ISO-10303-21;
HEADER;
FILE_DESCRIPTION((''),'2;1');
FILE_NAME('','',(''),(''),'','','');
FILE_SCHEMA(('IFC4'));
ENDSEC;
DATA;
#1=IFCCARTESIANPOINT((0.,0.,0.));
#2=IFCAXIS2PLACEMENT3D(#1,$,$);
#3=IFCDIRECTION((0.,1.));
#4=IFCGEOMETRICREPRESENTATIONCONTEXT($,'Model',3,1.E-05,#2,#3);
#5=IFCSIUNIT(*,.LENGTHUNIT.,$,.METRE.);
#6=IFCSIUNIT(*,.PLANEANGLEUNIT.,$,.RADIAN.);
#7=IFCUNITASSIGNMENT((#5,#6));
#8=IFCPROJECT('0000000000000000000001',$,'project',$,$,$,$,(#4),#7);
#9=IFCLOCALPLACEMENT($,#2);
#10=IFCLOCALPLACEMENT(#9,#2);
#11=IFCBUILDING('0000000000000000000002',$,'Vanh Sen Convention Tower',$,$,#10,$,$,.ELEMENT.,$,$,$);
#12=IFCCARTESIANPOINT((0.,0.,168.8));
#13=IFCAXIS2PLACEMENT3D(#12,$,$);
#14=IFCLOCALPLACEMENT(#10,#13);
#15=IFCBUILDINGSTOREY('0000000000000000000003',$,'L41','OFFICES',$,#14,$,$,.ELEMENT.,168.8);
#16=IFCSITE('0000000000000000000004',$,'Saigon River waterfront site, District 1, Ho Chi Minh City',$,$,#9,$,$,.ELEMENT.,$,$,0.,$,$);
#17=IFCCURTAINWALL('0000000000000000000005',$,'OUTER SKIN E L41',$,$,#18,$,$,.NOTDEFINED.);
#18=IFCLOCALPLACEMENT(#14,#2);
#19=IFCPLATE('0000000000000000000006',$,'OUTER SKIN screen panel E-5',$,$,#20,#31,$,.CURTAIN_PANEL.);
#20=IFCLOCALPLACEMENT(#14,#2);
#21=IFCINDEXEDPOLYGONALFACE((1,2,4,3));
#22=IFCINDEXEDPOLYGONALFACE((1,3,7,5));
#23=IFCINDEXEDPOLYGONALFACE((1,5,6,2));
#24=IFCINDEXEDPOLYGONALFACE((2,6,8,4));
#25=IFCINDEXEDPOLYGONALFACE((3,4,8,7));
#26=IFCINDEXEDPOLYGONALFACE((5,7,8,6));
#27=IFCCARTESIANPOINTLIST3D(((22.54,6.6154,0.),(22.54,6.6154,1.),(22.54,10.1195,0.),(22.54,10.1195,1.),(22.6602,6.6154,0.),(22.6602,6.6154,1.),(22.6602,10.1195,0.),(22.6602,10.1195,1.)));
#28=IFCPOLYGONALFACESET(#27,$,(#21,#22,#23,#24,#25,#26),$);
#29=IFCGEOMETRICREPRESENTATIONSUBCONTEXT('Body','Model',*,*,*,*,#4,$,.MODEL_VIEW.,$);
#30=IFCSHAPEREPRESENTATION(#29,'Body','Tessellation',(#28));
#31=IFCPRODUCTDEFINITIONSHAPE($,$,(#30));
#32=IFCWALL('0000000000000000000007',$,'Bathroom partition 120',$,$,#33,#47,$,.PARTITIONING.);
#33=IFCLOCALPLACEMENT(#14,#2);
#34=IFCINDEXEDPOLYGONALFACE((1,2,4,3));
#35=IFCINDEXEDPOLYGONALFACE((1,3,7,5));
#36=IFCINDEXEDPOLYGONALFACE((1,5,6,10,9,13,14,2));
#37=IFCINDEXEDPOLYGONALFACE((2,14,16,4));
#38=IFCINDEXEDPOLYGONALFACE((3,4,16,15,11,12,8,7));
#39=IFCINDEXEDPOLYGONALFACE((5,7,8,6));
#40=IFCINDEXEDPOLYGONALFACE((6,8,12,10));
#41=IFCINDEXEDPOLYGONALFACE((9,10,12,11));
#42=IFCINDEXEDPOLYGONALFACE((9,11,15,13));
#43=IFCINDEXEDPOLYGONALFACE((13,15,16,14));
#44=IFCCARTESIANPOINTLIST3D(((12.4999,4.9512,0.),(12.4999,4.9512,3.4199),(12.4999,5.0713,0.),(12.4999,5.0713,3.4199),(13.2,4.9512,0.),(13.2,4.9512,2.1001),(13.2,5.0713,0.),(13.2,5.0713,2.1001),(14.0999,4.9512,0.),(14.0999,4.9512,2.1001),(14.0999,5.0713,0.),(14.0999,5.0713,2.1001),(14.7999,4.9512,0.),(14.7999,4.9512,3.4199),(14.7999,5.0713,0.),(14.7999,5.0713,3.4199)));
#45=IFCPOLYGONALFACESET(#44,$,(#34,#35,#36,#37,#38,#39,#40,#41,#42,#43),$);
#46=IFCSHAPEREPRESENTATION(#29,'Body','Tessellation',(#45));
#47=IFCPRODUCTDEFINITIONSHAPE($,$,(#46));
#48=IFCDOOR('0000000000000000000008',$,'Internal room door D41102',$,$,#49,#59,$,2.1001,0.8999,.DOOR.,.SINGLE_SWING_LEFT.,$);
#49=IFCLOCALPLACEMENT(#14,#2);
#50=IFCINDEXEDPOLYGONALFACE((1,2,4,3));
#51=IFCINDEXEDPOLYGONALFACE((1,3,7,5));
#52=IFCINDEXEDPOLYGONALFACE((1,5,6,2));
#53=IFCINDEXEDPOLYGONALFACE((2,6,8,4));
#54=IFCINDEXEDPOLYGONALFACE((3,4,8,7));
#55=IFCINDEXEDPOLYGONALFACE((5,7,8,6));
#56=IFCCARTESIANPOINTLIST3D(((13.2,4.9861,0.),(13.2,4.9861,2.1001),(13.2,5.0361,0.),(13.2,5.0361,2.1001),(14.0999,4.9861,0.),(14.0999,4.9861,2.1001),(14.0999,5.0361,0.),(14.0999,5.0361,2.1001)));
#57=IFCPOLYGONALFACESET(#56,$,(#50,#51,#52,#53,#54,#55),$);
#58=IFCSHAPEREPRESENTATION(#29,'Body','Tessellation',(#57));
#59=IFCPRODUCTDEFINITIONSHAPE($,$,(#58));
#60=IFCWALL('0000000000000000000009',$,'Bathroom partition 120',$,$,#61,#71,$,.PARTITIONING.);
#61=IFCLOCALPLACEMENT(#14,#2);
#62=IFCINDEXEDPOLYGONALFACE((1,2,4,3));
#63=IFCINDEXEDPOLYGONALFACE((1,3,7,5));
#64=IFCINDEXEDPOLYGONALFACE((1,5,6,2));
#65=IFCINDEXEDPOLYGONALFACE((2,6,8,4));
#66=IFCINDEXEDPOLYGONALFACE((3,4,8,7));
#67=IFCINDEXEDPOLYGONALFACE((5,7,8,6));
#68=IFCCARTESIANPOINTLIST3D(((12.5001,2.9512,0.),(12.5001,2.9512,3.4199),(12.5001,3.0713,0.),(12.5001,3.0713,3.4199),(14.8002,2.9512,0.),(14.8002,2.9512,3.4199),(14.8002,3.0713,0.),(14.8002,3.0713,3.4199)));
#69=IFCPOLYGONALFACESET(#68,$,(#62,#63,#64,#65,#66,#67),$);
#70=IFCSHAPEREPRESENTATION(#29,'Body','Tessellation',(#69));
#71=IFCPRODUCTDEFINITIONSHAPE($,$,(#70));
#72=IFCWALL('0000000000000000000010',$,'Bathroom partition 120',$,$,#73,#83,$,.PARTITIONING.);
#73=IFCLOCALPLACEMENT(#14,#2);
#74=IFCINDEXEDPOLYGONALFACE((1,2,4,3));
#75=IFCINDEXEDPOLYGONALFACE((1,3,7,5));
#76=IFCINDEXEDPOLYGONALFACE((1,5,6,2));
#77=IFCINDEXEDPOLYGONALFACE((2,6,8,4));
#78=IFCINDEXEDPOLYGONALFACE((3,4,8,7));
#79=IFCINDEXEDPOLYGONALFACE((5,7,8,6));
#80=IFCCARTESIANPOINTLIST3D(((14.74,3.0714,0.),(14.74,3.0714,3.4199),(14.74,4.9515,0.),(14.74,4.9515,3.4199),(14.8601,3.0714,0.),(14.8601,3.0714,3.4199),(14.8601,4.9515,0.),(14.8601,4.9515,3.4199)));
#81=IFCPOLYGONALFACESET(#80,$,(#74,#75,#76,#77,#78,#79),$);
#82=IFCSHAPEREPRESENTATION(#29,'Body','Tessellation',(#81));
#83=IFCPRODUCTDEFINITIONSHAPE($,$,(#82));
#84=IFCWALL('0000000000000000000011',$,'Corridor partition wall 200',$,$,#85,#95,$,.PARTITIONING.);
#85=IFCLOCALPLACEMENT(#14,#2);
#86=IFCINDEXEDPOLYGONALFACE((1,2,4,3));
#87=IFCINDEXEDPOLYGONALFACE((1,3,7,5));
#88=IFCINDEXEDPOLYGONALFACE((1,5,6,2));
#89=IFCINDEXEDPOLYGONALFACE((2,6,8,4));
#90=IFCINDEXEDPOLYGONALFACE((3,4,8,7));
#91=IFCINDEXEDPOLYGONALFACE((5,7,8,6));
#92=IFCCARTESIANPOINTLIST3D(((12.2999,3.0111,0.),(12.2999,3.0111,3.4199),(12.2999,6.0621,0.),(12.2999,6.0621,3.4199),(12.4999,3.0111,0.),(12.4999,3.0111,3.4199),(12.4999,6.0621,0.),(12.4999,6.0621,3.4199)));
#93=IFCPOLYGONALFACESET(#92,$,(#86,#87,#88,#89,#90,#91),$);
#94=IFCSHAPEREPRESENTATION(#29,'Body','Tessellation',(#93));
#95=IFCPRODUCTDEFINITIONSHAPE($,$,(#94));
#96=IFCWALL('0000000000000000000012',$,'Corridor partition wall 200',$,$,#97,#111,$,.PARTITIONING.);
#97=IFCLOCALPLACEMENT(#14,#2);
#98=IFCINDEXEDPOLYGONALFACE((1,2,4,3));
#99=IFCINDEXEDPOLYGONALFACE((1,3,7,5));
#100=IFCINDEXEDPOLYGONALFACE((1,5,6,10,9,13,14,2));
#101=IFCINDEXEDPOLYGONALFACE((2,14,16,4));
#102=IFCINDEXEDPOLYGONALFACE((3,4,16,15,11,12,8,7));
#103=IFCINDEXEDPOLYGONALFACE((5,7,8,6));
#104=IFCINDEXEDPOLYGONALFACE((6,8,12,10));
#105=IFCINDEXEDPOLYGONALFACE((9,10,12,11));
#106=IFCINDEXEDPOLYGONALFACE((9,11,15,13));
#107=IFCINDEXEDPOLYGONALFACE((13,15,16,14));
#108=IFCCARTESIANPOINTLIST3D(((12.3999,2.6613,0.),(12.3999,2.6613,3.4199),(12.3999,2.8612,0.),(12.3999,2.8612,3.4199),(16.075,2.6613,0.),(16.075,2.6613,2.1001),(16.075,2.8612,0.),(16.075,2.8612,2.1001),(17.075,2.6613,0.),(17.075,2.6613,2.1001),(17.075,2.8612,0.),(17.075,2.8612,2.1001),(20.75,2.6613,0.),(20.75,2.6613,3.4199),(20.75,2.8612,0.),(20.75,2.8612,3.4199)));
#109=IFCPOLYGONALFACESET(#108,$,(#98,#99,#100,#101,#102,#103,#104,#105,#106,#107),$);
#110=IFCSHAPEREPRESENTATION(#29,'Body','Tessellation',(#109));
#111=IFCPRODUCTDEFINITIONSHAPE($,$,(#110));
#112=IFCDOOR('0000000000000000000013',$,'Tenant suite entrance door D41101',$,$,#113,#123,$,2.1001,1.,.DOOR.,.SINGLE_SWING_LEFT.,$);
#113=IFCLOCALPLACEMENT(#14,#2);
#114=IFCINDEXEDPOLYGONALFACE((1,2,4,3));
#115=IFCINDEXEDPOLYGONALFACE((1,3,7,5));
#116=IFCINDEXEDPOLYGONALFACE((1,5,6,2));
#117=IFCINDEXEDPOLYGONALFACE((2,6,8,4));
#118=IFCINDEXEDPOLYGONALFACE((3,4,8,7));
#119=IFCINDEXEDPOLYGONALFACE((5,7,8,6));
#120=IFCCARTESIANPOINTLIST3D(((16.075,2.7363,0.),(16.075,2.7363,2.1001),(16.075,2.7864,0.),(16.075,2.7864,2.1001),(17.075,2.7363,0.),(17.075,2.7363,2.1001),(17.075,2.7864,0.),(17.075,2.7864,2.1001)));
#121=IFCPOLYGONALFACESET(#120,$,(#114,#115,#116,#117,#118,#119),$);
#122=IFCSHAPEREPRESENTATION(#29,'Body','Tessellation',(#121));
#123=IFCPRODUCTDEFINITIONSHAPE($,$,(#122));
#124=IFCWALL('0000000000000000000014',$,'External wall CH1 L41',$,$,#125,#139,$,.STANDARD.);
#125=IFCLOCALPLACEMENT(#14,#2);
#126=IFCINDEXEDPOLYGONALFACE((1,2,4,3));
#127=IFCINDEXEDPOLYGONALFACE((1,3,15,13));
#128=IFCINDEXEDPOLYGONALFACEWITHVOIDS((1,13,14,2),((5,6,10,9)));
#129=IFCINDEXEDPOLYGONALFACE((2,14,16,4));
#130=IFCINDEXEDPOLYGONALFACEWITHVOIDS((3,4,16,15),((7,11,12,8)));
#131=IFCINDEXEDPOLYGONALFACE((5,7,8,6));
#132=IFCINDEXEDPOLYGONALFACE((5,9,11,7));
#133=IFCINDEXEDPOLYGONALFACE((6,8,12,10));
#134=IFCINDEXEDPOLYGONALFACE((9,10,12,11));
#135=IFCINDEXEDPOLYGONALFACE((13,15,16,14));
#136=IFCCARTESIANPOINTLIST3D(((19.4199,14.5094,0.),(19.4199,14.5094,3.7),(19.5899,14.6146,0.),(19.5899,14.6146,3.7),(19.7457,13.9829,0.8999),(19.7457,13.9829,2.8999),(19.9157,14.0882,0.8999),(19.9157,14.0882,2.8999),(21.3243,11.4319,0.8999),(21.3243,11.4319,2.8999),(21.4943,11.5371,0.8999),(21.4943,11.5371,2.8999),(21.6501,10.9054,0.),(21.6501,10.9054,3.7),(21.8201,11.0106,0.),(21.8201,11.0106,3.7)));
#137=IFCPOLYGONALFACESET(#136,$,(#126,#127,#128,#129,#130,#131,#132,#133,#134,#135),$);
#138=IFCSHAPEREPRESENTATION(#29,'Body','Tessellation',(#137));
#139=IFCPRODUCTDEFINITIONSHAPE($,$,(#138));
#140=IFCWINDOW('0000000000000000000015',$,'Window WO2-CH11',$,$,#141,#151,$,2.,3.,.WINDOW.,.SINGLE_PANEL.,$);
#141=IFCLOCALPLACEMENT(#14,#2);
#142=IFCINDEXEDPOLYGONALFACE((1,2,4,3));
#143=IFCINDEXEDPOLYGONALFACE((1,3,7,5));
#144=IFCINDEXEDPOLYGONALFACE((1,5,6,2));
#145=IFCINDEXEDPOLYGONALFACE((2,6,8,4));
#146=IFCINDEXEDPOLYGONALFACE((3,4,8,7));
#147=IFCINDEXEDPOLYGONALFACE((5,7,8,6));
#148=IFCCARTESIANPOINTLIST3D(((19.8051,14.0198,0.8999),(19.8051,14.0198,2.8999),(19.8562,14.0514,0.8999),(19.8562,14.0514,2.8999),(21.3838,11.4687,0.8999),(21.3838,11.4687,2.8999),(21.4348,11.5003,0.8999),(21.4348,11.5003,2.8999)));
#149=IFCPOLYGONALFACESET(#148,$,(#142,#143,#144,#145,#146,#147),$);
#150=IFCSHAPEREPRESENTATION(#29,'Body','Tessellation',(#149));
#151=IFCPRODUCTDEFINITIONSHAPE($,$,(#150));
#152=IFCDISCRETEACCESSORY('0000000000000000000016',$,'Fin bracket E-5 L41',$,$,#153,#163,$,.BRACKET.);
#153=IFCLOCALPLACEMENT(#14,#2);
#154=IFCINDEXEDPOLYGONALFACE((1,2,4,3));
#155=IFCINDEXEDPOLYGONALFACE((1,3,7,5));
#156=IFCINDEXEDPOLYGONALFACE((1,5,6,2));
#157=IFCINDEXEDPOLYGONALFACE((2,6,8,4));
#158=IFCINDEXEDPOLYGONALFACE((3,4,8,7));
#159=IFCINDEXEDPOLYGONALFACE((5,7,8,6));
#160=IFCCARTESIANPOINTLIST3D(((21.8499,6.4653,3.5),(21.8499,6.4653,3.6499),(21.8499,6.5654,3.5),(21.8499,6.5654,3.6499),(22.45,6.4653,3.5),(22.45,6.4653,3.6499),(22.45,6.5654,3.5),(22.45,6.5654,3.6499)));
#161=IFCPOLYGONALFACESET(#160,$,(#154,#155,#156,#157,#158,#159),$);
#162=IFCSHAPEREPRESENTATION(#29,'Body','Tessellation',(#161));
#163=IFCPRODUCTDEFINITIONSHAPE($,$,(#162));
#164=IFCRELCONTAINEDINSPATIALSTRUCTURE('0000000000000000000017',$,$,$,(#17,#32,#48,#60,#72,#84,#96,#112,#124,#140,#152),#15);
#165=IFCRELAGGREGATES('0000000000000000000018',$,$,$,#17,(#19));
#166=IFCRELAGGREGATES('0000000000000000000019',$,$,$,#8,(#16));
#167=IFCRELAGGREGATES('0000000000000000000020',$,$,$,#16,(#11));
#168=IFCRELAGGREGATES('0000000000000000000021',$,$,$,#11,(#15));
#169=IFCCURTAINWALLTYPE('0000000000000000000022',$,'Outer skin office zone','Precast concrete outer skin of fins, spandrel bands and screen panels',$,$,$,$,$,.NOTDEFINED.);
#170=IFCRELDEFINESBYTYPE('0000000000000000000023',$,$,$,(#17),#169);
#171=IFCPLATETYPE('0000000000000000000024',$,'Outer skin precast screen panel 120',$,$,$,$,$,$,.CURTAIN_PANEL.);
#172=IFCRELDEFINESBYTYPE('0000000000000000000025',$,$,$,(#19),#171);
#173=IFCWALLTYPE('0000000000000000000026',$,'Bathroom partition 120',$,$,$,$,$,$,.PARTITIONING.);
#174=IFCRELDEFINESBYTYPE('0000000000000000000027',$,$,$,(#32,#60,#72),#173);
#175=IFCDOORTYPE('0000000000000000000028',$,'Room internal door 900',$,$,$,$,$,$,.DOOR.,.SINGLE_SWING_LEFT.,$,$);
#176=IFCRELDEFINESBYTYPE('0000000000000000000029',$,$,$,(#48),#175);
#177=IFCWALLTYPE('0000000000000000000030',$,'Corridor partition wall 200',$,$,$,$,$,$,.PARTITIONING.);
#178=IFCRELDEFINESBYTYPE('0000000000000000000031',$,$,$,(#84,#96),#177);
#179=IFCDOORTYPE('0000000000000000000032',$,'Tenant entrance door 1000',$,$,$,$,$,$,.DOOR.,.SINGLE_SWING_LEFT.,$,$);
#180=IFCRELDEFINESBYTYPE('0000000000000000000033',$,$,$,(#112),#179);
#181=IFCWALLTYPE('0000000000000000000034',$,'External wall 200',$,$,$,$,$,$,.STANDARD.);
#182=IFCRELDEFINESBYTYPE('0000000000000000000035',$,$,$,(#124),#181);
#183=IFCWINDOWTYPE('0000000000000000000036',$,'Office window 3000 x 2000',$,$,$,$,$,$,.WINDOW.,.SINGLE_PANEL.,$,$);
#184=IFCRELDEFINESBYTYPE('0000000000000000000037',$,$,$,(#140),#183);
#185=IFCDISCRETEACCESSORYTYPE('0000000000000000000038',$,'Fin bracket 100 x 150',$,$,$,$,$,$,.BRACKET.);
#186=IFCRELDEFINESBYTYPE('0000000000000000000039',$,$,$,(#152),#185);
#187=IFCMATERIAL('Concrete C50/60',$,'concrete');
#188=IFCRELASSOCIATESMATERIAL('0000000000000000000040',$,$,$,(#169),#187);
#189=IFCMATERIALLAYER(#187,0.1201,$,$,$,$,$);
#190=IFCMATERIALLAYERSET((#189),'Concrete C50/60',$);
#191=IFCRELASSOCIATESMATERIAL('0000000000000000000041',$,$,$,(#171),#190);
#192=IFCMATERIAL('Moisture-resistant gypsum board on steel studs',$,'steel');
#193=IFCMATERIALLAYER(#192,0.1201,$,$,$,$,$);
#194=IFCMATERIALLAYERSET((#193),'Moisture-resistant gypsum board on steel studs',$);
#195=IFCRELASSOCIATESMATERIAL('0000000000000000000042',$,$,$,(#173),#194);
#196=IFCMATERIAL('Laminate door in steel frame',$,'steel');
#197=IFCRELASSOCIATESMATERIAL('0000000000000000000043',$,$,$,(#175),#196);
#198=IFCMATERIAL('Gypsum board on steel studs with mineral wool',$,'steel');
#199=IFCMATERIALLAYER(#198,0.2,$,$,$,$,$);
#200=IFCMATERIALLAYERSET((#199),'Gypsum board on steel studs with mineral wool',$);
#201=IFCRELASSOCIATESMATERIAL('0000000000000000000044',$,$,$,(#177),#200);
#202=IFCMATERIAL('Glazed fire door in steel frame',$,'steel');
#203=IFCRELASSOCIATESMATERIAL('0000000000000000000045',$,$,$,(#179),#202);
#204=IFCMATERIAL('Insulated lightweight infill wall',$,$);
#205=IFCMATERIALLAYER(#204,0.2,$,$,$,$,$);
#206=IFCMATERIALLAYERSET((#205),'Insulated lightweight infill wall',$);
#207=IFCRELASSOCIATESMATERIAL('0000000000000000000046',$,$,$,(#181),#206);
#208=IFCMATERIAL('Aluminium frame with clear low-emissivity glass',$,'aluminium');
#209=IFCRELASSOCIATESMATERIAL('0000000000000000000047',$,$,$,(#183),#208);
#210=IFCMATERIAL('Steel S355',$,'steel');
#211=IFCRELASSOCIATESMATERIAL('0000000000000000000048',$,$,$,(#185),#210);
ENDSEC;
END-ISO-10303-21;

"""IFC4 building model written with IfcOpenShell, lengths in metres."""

from ifc_helpers import new_model, si_unit, direction, frame, frame_2d, origin, origin_2d, place, context, subcontext, project, spatial, rectangle, extrude, material, layer, layer_set, type_object, element, fill, aggregate, save


model = new_model("IFC4")

# Units and contexts
model_context = context("Model", 3, precision=1e-05, world=origin(), true_north=direction((0.0, 1.0)))
body_context = subcontext(model_context, "Body", "Model", "MODEL_VIEW")
ifc_project = project(units=[si_unit("LENGTHUNIT", "METRE"), si_unit("PLANEANGLEUNIT", "RADIAN")], contexts=[model_context])

# Site, building, storey
site_placement = place(None, origin())
site = spatial("IfcSite", under=ifc_project, at=site_placement, Name="Saigon River waterfront site, District 1, Ho Chi Minh City", CompositionType="ELEMENT", RefElevation=0.0)
building_placement = place(site_placement, origin())
building = spatial("IfcBuilding", under=site, at=building_placement, Name="Vanh Sen Convention Tower", CompositionType="ELEMENT")
storey_placement = place(building_placement, frame((0.0, 0.0, 168.8)))
storey = spatial("IfcBuildingStorey", under=building, at=storey_placement, Name="L41", Description="OFFICES", CompositionType="ELEMENT", Elevation=168.8)

# Curtain wall
ifc_material_1 = material(Name="Concrete C50/60", Category="concrete")
curtain_wall_type = type_object("IfcCurtainWallType", Name="Outer skin office zone", Description="Precast concrete outer skin of fins, spandrel bands and screen panels", PredefinedType="NOTDEFINED", material=ifc_material_1)
curtain_wall_1_placement = place(storey_placement, origin())
curtain_wall_1 = element("IfcCurtainWall", 1, at=curtain_wall_1_placement, inside=storey, type_object=curtain_wall_type, Name="OUTER SKIN E L41", PredefinedType="NOTDEFINED")

# Plate
ifc_layer_1 = layer(ifc_material_1, 0.1201)
ifc_layer_set_1 = layer_set([ifc_layer_1], Name="Concrete C50/60")
plate_type = type_object("IfcPlateType", Name="Outer skin precast screen panel 120", PredefinedType="CURTAIN_PANEL", material=ifc_layer_set_1)
plate_1_placement = place(storey_placement, frame((22.6001, 8.3674, 0.0), z_axis=(0.0, 0.0, 1.0), x_axis=(0.0, 1.0, 0.0)))
plate_1 = element("IfcPlate", 2, at=plate_1_placement, type_object=plate_type, Name="OUTER SKIN screen panel E-5", PredefinedType="CURTAIN_PANEL", context=body_context, shape_type="SweptSolid", body=[
    extrude(rectangle(XDim=3.5042, YDim=0.1201, at=origin_2d()), origin(), (0.0, 0.0, 1.0), 1.0),
])
aggregate(curtain_wall_1, [plate_1])

# Wall, opening, door
ifc_material_2 = material(Name="Moisture-resistant gypsum board on steel studs", Category="steel")
ifc_layer_2 = layer(ifc_material_2, 0.1201)
ifc_layer_set_2 = layer_set([ifc_layer_2], Name="Moisture-resistant gypsum board on steel studs")
wall_type_1 = type_object("IfcWallType", Name="Bathroom partition 120", PredefinedType="PARTITIONING", material=ifc_layer_set_2)
wall_1_placement = place(storey_placement, frame((12.5, 5.0112, 0.0), z_axis=(0.0, 0.0, 1.0), x_axis=(1.0, 0.0, 0.0)))
wall_1 = element("IfcWall", 3, at=wall_1_placement, inside=storey, type_object=wall_type_1, Name="Bathroom partition 120", PredefinedType="PARTITIONING", context=body_context, shape_type="SweptSolid", body=[
    extrude(rectangle(XDim=2.3, YDim=0.1201, at=frame_2d((1.1499, 0.0))), origin(), (0.0, 0.0, 1.0), 3.4199),
])
opening_1_placement = place(wall_1_placement, frame((0.7, 0.0, 0.0)))
opening_1 = element("IfcOpeningElement", 4, at=opening_1_placement, cuts=wall_1, PredefinedType="OPENING", context=body_context, shape_type="SweptSolid", body=[
    extrude(rectangle(XDim=0.8999, YDim=2.1001, at=frame_2d((0.45, 1.05))), frame((0.0, 0.0701, 0.0), z_axis=(0.0, -1.0, 0.0), x_axis=(1.0, 0.0, 0.0)), (0.0, 0.0, 1.0), 0.1401),
])
ifc_material_3 = material(Name="Laminate door in steel frame", Category="steel")
door_type_1 = type_object("IfcDoorType", Name="Room internal door 900", OperationType="SINGLE_SWING_LEFT", PredefinedType="DOOR", material=ifc_material_3)
door_1_placement = place(opening_1_placement, origin())
door_1 = element("IfcDoor", 5, at=door_1_placement, inside=storey, type_object=door_type_1, Name="Internal room door D41102", OperationType="SINGLE_SWING_LEFT", OverallHeight=2.1001, OverallWidth=0.8999, PredefinedType="DOOR", context=body_context, shape_type="SweptSolid", body=[
    extrude(rectangle(XDim=0.8999, YDim=2.1001, at=frame_2d((0.45, 1.05))), frame((0.0, 0.0249, 0.0), z_axis=(0.0, -1.0, 0.0), x_axis=(1.0, 0.0, 0.0)), (0.0, 0.0, 1.0), 0.05),
])
fill(opening_1, door_1)

# Walls
wall_2_placement = place(storey_placement, frame((14.8, 3.0112, 0.0), z_axis=(0.0, 0.0, 1.0), x_axis=(-1.0, 0.0, 0.0)))
element("IfcWall", 6, at=wall_2_placement, inside=storey, type_object=wall_type_1, Name="Bathroom partition 120", PredefinedType="PARTITIONING", context=body_context, shape_type="SweptSolid", body=[
    extrude(rectangle(XDim=2.3, YDim=0.1201, at=frame_2d((1.1499, 0.0))), origin(), (0.0, 0.0, 1.0), 3.4199),
])
wall_3_placement = place(storey_placement, frame((14.8, 4.9514, 0.0), z_axis=(0.0, 0.0, 1.0), x_axis=(0.0, -1.0, 0.0)))
element("IfcWall", 7, at=wall_3_placement, inside=storey, type_object=wall_type_1, Name="Bathroom partition 120", PredefinedType="PARTITIONING", context=body_context, shape_type="SweptSolid", body=[
    extrude(rectangle(XDim=1.8801, YDim=0.1201, at=frame_2d((0.9399, 0.0))), origin(), (0.0, 0.0, 1.0), 3.4199),
])
ifc_material_4 = material(Name="Gypsum board on steel studs with mineral wool", Category="steel")
ifc_layer_3 = layer(ifc_material_4, 0.2)
ifc_layer_set_3 = layer_set([ifc_layer_3], Name="Gypsum board on steel studs with mineral wool")
wall_type_2 = type_object("IfcWallType", Name="Corridor partition wall 200", PredefinedType="PARTITIONING", material=ifc_layer_set_3)
wall_4_placement = place(storey_placement, frame((12.3999, 3.0112, 0.0), z_axis=(0.0, 0.0, 1.0), x_axis=(0.0, 1.0, 0.0)))
element("IfcWall", 8, at=wall_4_placement, inside=storey, type_object=wall_type_2, Name="Corridor partition wall 200", PredefinedType="PARTITIONING", context=body_context, shape_type="SweptSolid", body=[
    extrude(rectangle(XDim=3.051, YDim=0.2, at=frame_2d((1.5254, 0.0))), origin(), (0.0, 0.0, 1.0), 3.4199),
])

# Wall, opening, door
wall_5_placement = place(storey_placement, frame((20.75, 2.7612, 0.0), z_axis=(0.0, 0.0, 1.0), x_axis=(-1.0, 0.0, 0.0)))
wall_5 = element("IfcWall", 9, at=wall_5_placement, inside=storey, type_object=wall_type_2, Name="Corridor partition wall 200", PredefinedType="PARTITIONING", context=body_context, shape_type="SweptSolid", body=[
    extrude(rectangle(XDim=8.3501, YDim=0.2, at=frame_2d((4.175, 0.0))), origin(), (0.0, 0.0, 1.0), 3.4199),
])
opening_2_placement = place(wall_5_placement, frame((3.675, 0.0, 0.0)))
opening_2 = element("IfcOpeningElement", 10, at=opening_2_placement, cuts=wall_5, PredefinedType="OPENING", context=body_context, shape_type="SweptSolid", body=[
    extrude(rectangle(XDim=1.0, YDim=2.1001, at=frame_2d((0.5, 1.05))), frame((0.0, 0.1099, 0.0), z_axis=(0.0, -1.0, 0.0), x_axis=(1.0, 0.0, 0.0)), (0.0, 0.0, 1.0), 0.22),
])
ifc_material_5 = material(Name="Glazed fire door in steel frame", Category="steel")
door_type_2 = type_object("IfcDoorType", Name="Tenant entrance door 1000", OperationType="SINGLE_SWING_LEFT", PredefinedType="DOOR", material=ifc_material_5)
door_2_placement = place(opening_2_placement, origin())
door_2 = element("IfcDoor", 11, at=door_2_placement, inside=storey, type_object=door_type_2, Name="Tenant suite entrance door D41101", OperationType="SINGLE_SWING_LEFT", OverallHeight=2.1001, OverallWidth=1.0, PredefinedType="DOOR", context=body_context, shape_type="SweptSolid", body=[
    extrude(rectangle(XDim=1.0, YDim=2.1001, at=frame_2d((0.5, 1.05))), frame((0.0, 0.0249, 0.0), z_axis=(0.0, -1.0, 0.0), x_axis=(1.0, 0.0, 0.0)), (0.0, 0.0, 1.0), 0.05),
])
fill(opening_2, door_2)

# Wall, opening, window
ifc_material_6 = material(Name="Insulated lightweight infill wall")
ifc_layer_4 = layer(ifc_material_6, 0.2)
ifc_layer_set_4 = layer_set([ifc_layer_4], Name="Insulated lightweight infill wall")
wall_type_3 = type_object("IfcWallType", Name="External wall 200", PredefinedType="STANDARD", material=ifc_layer_set_4)
wall_6_placement = place(storey_placement, frame((21.7351, 10.958, 0.0), z_axis=(0.0, 0.0, 1.0), x_axis=(-0.526214, 0.850352, 0.0)))
wall_6 = element("IfcWall", 12, at=wall_6_placement, inside=storey, type_object=wall_type_3, Name="External wall CH1 L41", PredefinedType="STANDARD", context=body_context, shape_type="SweptSolid", body=[
    extrude(rectangle(XDim=4.2383, YDim=0.2, at=frame_2d((2.1191, 0.0))), origin(), (0.0, 0.0, 1.0), 3.7),
])
opening_3_placement = place(wall_6_placement, frame((0.6191, 0.0, 0.8999)))
opening_3 = element("IfcOpeningElement", 13, at=opening_3_placement, cuts=wall_6, PredefinedType="OPENING", context=body_context, shape_type="SweptSolid", body=[
    extrude(rectangle(XDim=3.0, YDim=2.0, at=frame_2d((1.5, 1.0))), frame((0.0, 0.1099, 0.0), z_axis=(0.0, -1.0, 0.0), x_axis=(1.0, 0.0, 0.0)), (0.0, 0.0, 1.0), 0.22),
])
ifc_material_7 = material(Name="Aluminium frame with clear low-emissivity glass", Category="aluminium")
window_type = type_object("IfcWindowType", Name="Office window 3000 x 2000", PartitioningType="SINGLE_PANEL", PredefinedType="WINDOW", material=ifc_material_7)
window_placement = place(opening_3_placement, origin())
window = element("IfcWindow", 14, at=window_placement, inside=storey, type_object=window_type, Name="Window WO2-CH11", OverallHeight=2.0, OverallWidth=3.0, PartitioningType="SINGLE_PANEL", PredefinedType="WINDOW", context=body_context, shape_type="SweptSolid", body=[
    extrude(rectangle(XDim=3.0, YDim=2.0, at=frame_2d((1.5, 1.0))), frame((0.0, 0.03, 0.0), z_axis=(0.0, -1.0, 0.0), x_axis=(1.0, 0.0, 0.0)), (0.0, 0.0, 1.0), 0.0601),
])
fill(opening_3, window)

# Discrete accessory
ifc_material_8 = material(Name="Steel S355", Category="steel")
discrete_accessory_type = type_object("IfcDiscreteAccessoryType", Name="Fin bracket 100 x 150", PredefinedType="BRACKET", material=ifc_material_8)
discrete_accessory_placement = place(storey_placement, frame((22.1499, 6.5154, 3.5), z_axis=(0.0, 0.0, 1.0), x_axis=(1.0, 0.0, 0.0)))
element("IfcDiscreteAccessory", 15, at=discrete_accessory_placement, inside=storey, type_object=discrete_accessory_type, Name="Fin bracket E-5 L41", PredefinedType="BRACKET", context=body_context, shape_type="SweptSolid", body=[
    extrude(rectangle(XDim=0.6001, YDim=0.1001, at=origin_2d()), origin(), (0.0, 0.0, 1.0), 0.1499),
])

save(model, "model.ifc")
